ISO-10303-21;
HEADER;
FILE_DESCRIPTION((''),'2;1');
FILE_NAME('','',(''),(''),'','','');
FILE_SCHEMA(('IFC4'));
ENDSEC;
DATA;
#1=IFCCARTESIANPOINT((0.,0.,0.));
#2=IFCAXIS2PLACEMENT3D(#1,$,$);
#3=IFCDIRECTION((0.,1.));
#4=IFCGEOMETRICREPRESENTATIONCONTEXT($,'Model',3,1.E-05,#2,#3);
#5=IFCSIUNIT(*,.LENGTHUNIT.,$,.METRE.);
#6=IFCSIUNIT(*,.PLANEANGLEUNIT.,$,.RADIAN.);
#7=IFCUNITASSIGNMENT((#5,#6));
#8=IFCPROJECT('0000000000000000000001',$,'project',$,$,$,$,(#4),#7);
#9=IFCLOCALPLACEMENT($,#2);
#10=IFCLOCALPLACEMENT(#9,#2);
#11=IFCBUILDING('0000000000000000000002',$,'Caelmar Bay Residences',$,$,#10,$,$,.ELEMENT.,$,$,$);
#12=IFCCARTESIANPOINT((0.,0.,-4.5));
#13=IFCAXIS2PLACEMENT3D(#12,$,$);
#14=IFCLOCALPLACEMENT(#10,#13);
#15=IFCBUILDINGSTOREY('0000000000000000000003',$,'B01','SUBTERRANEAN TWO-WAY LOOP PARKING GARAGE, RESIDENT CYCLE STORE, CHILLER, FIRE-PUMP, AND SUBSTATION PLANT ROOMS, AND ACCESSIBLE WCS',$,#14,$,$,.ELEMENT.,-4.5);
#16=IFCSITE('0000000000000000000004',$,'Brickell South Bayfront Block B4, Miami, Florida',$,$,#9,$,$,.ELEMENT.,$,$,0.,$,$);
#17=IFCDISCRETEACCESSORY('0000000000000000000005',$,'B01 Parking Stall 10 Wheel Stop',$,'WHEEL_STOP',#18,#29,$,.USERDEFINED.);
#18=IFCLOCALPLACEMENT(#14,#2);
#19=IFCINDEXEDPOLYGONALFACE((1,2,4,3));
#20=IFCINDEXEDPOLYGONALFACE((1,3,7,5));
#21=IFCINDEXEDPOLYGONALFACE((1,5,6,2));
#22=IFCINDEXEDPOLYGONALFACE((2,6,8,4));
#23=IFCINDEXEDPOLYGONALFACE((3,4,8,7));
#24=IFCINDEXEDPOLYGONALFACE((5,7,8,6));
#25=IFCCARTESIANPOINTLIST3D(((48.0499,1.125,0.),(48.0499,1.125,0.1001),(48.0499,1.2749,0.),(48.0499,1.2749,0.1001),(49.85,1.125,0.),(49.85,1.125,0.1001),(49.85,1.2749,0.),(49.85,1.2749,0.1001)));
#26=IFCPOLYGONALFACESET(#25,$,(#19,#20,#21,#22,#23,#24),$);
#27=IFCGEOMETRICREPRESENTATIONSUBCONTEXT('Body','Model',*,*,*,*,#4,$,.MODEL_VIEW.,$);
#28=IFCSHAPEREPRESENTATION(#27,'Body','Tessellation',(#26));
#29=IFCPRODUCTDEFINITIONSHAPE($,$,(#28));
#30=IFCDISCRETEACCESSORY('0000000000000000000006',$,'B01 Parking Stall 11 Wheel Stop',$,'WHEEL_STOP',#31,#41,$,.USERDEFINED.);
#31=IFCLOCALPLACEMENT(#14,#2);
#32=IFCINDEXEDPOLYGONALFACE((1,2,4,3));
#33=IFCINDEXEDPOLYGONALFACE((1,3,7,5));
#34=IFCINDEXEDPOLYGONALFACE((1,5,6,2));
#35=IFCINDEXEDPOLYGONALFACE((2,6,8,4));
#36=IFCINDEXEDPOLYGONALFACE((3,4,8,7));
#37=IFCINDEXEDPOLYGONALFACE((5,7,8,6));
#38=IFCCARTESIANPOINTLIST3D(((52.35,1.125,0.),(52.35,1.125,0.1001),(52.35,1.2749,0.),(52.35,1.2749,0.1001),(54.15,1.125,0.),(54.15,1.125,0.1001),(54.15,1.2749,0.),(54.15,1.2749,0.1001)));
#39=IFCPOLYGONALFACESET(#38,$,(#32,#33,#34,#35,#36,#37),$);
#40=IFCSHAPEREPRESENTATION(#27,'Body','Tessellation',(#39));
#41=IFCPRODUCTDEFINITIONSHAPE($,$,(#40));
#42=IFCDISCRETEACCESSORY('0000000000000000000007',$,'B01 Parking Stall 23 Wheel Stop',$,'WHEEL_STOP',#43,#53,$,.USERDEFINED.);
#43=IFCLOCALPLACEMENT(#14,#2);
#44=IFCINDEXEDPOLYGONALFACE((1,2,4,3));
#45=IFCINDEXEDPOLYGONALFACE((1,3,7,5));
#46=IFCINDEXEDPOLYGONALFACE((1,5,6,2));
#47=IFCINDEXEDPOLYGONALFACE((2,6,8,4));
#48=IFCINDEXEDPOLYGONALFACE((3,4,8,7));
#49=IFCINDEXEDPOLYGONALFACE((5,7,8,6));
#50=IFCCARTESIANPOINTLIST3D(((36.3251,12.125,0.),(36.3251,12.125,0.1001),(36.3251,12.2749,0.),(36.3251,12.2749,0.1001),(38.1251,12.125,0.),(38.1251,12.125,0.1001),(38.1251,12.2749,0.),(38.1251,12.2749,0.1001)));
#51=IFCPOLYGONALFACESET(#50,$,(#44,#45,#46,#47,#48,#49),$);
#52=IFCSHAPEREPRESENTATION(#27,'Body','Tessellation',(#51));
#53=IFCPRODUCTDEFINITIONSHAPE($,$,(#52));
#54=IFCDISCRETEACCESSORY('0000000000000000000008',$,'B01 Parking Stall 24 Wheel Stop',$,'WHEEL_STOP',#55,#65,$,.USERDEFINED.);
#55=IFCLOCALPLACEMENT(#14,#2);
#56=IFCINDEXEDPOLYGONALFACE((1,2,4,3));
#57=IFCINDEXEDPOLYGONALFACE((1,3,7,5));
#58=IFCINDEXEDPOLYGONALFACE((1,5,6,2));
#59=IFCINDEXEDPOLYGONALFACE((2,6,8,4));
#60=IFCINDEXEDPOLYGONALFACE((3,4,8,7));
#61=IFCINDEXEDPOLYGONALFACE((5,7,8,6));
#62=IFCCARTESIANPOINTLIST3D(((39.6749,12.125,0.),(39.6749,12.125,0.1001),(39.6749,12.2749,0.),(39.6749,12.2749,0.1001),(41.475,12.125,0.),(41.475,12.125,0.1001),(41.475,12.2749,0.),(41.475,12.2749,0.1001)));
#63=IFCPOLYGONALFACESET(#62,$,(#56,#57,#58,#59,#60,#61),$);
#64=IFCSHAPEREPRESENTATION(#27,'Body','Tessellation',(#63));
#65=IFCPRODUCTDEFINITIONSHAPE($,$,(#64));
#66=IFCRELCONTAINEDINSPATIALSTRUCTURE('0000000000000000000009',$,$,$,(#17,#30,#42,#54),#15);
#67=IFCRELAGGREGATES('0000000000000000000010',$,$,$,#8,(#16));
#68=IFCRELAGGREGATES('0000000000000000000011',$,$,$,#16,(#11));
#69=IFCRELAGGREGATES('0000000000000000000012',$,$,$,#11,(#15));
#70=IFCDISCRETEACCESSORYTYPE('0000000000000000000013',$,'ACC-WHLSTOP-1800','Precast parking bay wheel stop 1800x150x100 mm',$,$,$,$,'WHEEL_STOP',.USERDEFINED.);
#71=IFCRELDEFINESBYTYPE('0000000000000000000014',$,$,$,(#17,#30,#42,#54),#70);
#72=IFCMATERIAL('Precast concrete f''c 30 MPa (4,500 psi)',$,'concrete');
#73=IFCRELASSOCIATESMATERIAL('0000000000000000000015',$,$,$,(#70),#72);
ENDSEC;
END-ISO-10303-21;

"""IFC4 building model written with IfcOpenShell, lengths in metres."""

from ifc_helpers import new_model, si_unit, direction, frame, origin, origin_2d, place, context, subcontext, project, spatial, rectangle, extrude, material, type_object, element, save


model = new_model("IFC4")

# Units and contexts
model_context = context("Model", 3, precision=1e-05, world=origin(), true_north=direction((0.0, 1.0)))
body_context = subcontext(model_context, "Body", "Model", "MODEL_VIEW")
ifc_project = project(units=[si_unit("LENGTHUNIT", "METRE"), si_unit("PLANEANGLEUNIT", "RADIAN")], contexts=[model_context])

# Site, building, storey
site_placement = place(None, origin())
site = spatial("IfcSite", under=ifc_project, at=site_placement, Name="Brickell South Bayfront Block B4, Miami, Florida", CompositionType="ELEMENT", RefElevation=0.0)
building_placement = place(site_placement, origin())
building = spatial("IfcBuilding", under=site, at=building_placement, Name="Caelmar Bay Residences", CompositionType="ELEMENT")
storey_placement = place(building_placement, frame((0.0, 0.0, -4.5)))
storey = spatial("IfcBuildingStorey", under=building, at=storey_placement, Name="B01", Description="SUBTERRANEAN TWO-WAY LOOP PARKING GARAGE, RESIDENT CYCLE STORE, CHILLER, FIRE-PUMP, AND SUBSTATION PLANT ROOMS, AND ACCESSIBLE WCS", CompositionType="ELEMENT", Elevation=-4.5)

# Discrete accessories
ifc_material_1 = material(Name="Precast concrete f'c 30 MPa (4,500 psi)", Category="concrete")
discrete_accessory_type = type_object("IfcDiscreteAccessoryType", Name="ACC-WHLSTOP-1800", Description="Precast parking bay wheel stop 1800x150x100 mm", ElementType="WHEEL_STOP", PredefinedType="USERDEFINED", material=ifc_material_1)
for number, where, z_axis, x_axis, name in (
    (1, (48.95, 1.2, 0.0), (0.0, 0.0, 1.0), (1.0, 0.0, 0.0), "B01 Parking Stall 10 Wheel Stop"),
    (2, (53.25, 1.2, 0.0), (0.0, 0.0, 1.0), (1.0, 0.0, 0.0), "B01 Parking Stall 11 Wheel Stop"),
    (3, (37.2251, 12.2, 0.0), (0.0, 0.0, 1.0), (1.0, 0.0, 0.0), "B01 Parking Stall 23 Wheel Stop"),
    (4, (40.575, 12.2, 0.0), (0.0, 0.0, 1.0), (1.0, 0.0, 0.0), "B01 Parking Stall 24 Wheel Stop"),
):
    element("IfcDiscreteAccessory", number, at=place(storey_placement, frame(where, z_axis=z_axis, x_axis=x_axis)), inside=storey, type_object=discrete_accessory_type, Name=name, ObjectType="WHEEL_STOP", PredefinedType="USERDEFINED", context=body_context, shape_type="SweptSolid", body=[
        extrude(rectangle(XDim=1.8, YDim=0.1499, at=origin_2d()), origin(), (0.0, 0.0, 1.0), 0.1001),
    ])

save(model, "model.ifc")
